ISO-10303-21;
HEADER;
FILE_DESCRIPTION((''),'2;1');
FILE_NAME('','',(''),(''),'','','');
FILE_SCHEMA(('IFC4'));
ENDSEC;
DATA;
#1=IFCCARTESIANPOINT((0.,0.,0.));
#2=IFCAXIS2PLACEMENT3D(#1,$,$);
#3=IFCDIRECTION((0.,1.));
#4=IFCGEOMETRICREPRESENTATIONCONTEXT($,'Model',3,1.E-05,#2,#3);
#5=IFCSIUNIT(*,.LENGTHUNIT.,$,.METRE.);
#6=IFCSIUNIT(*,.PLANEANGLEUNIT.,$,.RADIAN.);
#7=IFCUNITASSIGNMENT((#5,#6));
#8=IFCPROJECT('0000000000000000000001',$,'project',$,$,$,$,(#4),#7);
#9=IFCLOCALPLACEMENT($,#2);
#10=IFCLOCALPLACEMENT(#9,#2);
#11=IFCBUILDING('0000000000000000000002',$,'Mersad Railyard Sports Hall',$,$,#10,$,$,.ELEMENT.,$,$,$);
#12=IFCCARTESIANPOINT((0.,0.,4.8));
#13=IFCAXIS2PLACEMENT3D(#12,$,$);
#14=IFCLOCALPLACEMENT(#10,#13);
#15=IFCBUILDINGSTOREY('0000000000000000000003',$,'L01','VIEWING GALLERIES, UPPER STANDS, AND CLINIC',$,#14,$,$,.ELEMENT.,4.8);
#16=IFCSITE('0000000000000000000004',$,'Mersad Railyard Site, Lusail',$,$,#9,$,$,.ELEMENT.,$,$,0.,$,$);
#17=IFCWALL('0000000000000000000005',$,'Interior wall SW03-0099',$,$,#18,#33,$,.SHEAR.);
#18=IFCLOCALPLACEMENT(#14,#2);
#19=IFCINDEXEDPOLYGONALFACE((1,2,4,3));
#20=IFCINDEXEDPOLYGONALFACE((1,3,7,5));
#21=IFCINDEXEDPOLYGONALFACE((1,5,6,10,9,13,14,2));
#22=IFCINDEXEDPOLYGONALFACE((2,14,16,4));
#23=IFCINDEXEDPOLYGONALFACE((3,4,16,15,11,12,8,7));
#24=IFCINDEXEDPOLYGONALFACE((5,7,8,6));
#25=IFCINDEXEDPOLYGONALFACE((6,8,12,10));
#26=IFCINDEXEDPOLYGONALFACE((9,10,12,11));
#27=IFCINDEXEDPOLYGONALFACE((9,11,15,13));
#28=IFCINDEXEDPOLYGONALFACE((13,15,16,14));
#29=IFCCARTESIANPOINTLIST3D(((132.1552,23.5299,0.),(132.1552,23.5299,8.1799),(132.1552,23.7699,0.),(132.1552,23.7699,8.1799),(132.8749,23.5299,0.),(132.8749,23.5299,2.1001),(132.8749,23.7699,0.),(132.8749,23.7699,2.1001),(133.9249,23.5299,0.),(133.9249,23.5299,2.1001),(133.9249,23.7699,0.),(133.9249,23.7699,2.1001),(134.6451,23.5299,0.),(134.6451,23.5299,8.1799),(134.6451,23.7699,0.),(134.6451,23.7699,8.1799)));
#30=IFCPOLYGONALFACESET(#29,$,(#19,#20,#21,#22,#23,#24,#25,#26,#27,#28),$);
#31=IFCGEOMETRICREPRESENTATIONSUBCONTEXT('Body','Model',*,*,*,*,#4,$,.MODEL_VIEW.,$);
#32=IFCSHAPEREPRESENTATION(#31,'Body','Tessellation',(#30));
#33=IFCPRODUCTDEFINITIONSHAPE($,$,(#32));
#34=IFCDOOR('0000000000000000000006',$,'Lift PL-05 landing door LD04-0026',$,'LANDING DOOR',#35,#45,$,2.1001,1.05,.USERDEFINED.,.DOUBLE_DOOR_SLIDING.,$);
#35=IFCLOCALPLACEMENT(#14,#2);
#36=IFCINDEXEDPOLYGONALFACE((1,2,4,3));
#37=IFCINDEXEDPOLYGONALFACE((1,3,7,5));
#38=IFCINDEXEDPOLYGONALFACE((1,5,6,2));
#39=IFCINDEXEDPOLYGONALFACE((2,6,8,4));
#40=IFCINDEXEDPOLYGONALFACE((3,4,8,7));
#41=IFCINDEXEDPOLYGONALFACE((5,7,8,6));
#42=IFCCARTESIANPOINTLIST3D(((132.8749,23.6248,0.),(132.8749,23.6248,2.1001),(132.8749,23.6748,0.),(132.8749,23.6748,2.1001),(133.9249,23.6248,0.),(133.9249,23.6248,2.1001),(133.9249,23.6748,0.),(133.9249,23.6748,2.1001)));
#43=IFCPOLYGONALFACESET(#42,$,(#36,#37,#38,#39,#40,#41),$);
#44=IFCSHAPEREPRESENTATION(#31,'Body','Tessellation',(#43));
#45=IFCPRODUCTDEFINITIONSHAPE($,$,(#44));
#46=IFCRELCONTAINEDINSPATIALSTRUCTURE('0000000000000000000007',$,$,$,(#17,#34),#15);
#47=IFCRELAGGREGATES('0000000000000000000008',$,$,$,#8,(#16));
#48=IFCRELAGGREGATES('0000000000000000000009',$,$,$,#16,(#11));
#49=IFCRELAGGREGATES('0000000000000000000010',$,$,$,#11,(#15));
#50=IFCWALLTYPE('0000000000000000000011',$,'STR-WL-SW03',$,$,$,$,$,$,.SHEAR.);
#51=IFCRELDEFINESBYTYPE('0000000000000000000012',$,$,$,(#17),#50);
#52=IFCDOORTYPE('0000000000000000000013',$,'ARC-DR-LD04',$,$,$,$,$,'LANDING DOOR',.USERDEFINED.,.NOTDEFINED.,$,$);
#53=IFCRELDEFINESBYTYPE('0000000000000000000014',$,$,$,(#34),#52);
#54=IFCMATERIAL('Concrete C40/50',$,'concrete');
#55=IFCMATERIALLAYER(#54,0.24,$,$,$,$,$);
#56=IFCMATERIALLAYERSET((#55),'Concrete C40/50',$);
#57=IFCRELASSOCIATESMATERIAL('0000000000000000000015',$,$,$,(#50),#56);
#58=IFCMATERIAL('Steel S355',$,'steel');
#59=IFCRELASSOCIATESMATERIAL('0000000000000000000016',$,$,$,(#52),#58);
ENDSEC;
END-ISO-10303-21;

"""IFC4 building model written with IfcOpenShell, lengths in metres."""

from ifc_helpers import new_model, si_unit, direction, frame, frame_2d, origin, place, context, subcontext, project, spatial, rectangle, extrude, material, layer, layer_set, type_object, element, fill, save


model = new_model("IFC4")

# Units and contexts
model_context = context("Model", 3, precision=1e-05, world=origin(), true_north=direction((0.0, 1.0)))
body_context = subcontext(model_context, "Body", "Model", "MODEL_VIEW")
ifc_project = project(units=[si_unit("LENGTHUNIT", "METRE"), si_unit("PLANEANGLEUNIT", "RADIAN")], contexts=[model_context])

# Site, building, storey
site_placement = place(None, origin())
site = spatial("IfcSite", under=ifc_project, at=site_placement, Name="Mersad Railyard Site, Lusail", CompositionType="ELEMENT", RefElevation=0.0)
building_placement = place(site_placement, origin())
building = spatial("IfcBuilding", under=site, at=building_placement, Name="Mersad Railyard Sports Hall", CompositionType="ELEMENT")
storey_placement = place(building_placement, frame((0.0, 0.0, 4.8)))
storey = spatial("IfcBuildingStorey", under=building, at=storey_placement, Name="L01", Description="VIEWING GALLERIES, UPPER STANDS, AND CLINIC", CompositionType="ELEMENT", Elevation=4.8)

# Shared definitions
ifc_material_1 = material(Name="Concrete C40/50", Category="concrete")

# Wall, opening, door
ifc_material_2 = material(Name="Steel S355", Category="steel")
ifc_layer_1 = layer(ifc_material_1, 0.24)
ifc_layer_set_1 = layer_set([ifc_layer_1], Name="Concrete C40/50")
wall_type_1 = type_object("IfcWallType", Name="STR-WL-SW03", PredefinedType="SHEAR", material=ifc_layer_set_1)
wall_1_placement = place(storey_placement, frame((132.155, 23.6499, 0.0), z_axis=(0.0, 0.0, 1.0), x_axis=(1.0, 0.0, 0.0)))
wall_1 = element("IfcWall", 1, at=wall_1_placement, inside=storey, type_object=wall_type_1, Name="Interior wall SW03-0099", PredefinedType="SHEAR", context=body_context, shape_type="SweptSolid", body=[
    extrude(rectangle(XDim=2.49, YDim=0.24, at=frame_2d((1.2451, 0.0))), origin(), (0.0, 0.0, 1.0), 8.1799),
])
opening_1_placement = place(wall_1_placement, frame((0.72, 0.0, 0.0)))
opening_1 = element("IfcOpeningElement", 2, at=opening_1_placement, cuts=wall_1, PredefinedType="OPENING", context=body_context, shape_type="SweptSolid", body=[
    extrude(rectangle(XDim=1.05, YDim=2.1001, at=frame_2d((0.5249, 1.05))), frame((0.0, 0.1299, 0.0), z_axis=(0.0, -1.0, 0.0), x_axis=(1.0, 0.0, 0.0)), (0.0, 0.0, 1.0), 0.26),
])
door_type_1 = type_object("IfcDoorType", Name="ARC-DR-LD04", ElementType="LANDING DOOR", OperationType="NOTDEFINED", PredefinedType="USERDEFINED", material=ifc_material_2)
door_1_placement = place(opening_1_placement, origin())
door_1 = element("IfcDoor", 3, at=door_1_placement, inside=storey, type_object=door_type_1, Name="Lift PL-05 landing door LD04-0026", ObjectType="LANDING DOOR", OperationType="DOUBLE_DOOR_SLIDING", OverallHeight=2.1001, OverallWidth=1.05, PredefinedType="USERDEFINED", context=body_context, shape_type="SweptSolid", body=[
    extrude(rectangle(XDim=1.05, YDim=2.1001, at=frame_2d((0.5249, 1.05))), frame((0.0, 0.0249, 0.0), z_axis=(0.0, -1.0, 0.0), x_axis=(1.0, 0.0, 0.0)), (0.0, 0.0, 1.0), 0.05),
])
fill(opening_1, door_1)

save(model, "model.ifc")
